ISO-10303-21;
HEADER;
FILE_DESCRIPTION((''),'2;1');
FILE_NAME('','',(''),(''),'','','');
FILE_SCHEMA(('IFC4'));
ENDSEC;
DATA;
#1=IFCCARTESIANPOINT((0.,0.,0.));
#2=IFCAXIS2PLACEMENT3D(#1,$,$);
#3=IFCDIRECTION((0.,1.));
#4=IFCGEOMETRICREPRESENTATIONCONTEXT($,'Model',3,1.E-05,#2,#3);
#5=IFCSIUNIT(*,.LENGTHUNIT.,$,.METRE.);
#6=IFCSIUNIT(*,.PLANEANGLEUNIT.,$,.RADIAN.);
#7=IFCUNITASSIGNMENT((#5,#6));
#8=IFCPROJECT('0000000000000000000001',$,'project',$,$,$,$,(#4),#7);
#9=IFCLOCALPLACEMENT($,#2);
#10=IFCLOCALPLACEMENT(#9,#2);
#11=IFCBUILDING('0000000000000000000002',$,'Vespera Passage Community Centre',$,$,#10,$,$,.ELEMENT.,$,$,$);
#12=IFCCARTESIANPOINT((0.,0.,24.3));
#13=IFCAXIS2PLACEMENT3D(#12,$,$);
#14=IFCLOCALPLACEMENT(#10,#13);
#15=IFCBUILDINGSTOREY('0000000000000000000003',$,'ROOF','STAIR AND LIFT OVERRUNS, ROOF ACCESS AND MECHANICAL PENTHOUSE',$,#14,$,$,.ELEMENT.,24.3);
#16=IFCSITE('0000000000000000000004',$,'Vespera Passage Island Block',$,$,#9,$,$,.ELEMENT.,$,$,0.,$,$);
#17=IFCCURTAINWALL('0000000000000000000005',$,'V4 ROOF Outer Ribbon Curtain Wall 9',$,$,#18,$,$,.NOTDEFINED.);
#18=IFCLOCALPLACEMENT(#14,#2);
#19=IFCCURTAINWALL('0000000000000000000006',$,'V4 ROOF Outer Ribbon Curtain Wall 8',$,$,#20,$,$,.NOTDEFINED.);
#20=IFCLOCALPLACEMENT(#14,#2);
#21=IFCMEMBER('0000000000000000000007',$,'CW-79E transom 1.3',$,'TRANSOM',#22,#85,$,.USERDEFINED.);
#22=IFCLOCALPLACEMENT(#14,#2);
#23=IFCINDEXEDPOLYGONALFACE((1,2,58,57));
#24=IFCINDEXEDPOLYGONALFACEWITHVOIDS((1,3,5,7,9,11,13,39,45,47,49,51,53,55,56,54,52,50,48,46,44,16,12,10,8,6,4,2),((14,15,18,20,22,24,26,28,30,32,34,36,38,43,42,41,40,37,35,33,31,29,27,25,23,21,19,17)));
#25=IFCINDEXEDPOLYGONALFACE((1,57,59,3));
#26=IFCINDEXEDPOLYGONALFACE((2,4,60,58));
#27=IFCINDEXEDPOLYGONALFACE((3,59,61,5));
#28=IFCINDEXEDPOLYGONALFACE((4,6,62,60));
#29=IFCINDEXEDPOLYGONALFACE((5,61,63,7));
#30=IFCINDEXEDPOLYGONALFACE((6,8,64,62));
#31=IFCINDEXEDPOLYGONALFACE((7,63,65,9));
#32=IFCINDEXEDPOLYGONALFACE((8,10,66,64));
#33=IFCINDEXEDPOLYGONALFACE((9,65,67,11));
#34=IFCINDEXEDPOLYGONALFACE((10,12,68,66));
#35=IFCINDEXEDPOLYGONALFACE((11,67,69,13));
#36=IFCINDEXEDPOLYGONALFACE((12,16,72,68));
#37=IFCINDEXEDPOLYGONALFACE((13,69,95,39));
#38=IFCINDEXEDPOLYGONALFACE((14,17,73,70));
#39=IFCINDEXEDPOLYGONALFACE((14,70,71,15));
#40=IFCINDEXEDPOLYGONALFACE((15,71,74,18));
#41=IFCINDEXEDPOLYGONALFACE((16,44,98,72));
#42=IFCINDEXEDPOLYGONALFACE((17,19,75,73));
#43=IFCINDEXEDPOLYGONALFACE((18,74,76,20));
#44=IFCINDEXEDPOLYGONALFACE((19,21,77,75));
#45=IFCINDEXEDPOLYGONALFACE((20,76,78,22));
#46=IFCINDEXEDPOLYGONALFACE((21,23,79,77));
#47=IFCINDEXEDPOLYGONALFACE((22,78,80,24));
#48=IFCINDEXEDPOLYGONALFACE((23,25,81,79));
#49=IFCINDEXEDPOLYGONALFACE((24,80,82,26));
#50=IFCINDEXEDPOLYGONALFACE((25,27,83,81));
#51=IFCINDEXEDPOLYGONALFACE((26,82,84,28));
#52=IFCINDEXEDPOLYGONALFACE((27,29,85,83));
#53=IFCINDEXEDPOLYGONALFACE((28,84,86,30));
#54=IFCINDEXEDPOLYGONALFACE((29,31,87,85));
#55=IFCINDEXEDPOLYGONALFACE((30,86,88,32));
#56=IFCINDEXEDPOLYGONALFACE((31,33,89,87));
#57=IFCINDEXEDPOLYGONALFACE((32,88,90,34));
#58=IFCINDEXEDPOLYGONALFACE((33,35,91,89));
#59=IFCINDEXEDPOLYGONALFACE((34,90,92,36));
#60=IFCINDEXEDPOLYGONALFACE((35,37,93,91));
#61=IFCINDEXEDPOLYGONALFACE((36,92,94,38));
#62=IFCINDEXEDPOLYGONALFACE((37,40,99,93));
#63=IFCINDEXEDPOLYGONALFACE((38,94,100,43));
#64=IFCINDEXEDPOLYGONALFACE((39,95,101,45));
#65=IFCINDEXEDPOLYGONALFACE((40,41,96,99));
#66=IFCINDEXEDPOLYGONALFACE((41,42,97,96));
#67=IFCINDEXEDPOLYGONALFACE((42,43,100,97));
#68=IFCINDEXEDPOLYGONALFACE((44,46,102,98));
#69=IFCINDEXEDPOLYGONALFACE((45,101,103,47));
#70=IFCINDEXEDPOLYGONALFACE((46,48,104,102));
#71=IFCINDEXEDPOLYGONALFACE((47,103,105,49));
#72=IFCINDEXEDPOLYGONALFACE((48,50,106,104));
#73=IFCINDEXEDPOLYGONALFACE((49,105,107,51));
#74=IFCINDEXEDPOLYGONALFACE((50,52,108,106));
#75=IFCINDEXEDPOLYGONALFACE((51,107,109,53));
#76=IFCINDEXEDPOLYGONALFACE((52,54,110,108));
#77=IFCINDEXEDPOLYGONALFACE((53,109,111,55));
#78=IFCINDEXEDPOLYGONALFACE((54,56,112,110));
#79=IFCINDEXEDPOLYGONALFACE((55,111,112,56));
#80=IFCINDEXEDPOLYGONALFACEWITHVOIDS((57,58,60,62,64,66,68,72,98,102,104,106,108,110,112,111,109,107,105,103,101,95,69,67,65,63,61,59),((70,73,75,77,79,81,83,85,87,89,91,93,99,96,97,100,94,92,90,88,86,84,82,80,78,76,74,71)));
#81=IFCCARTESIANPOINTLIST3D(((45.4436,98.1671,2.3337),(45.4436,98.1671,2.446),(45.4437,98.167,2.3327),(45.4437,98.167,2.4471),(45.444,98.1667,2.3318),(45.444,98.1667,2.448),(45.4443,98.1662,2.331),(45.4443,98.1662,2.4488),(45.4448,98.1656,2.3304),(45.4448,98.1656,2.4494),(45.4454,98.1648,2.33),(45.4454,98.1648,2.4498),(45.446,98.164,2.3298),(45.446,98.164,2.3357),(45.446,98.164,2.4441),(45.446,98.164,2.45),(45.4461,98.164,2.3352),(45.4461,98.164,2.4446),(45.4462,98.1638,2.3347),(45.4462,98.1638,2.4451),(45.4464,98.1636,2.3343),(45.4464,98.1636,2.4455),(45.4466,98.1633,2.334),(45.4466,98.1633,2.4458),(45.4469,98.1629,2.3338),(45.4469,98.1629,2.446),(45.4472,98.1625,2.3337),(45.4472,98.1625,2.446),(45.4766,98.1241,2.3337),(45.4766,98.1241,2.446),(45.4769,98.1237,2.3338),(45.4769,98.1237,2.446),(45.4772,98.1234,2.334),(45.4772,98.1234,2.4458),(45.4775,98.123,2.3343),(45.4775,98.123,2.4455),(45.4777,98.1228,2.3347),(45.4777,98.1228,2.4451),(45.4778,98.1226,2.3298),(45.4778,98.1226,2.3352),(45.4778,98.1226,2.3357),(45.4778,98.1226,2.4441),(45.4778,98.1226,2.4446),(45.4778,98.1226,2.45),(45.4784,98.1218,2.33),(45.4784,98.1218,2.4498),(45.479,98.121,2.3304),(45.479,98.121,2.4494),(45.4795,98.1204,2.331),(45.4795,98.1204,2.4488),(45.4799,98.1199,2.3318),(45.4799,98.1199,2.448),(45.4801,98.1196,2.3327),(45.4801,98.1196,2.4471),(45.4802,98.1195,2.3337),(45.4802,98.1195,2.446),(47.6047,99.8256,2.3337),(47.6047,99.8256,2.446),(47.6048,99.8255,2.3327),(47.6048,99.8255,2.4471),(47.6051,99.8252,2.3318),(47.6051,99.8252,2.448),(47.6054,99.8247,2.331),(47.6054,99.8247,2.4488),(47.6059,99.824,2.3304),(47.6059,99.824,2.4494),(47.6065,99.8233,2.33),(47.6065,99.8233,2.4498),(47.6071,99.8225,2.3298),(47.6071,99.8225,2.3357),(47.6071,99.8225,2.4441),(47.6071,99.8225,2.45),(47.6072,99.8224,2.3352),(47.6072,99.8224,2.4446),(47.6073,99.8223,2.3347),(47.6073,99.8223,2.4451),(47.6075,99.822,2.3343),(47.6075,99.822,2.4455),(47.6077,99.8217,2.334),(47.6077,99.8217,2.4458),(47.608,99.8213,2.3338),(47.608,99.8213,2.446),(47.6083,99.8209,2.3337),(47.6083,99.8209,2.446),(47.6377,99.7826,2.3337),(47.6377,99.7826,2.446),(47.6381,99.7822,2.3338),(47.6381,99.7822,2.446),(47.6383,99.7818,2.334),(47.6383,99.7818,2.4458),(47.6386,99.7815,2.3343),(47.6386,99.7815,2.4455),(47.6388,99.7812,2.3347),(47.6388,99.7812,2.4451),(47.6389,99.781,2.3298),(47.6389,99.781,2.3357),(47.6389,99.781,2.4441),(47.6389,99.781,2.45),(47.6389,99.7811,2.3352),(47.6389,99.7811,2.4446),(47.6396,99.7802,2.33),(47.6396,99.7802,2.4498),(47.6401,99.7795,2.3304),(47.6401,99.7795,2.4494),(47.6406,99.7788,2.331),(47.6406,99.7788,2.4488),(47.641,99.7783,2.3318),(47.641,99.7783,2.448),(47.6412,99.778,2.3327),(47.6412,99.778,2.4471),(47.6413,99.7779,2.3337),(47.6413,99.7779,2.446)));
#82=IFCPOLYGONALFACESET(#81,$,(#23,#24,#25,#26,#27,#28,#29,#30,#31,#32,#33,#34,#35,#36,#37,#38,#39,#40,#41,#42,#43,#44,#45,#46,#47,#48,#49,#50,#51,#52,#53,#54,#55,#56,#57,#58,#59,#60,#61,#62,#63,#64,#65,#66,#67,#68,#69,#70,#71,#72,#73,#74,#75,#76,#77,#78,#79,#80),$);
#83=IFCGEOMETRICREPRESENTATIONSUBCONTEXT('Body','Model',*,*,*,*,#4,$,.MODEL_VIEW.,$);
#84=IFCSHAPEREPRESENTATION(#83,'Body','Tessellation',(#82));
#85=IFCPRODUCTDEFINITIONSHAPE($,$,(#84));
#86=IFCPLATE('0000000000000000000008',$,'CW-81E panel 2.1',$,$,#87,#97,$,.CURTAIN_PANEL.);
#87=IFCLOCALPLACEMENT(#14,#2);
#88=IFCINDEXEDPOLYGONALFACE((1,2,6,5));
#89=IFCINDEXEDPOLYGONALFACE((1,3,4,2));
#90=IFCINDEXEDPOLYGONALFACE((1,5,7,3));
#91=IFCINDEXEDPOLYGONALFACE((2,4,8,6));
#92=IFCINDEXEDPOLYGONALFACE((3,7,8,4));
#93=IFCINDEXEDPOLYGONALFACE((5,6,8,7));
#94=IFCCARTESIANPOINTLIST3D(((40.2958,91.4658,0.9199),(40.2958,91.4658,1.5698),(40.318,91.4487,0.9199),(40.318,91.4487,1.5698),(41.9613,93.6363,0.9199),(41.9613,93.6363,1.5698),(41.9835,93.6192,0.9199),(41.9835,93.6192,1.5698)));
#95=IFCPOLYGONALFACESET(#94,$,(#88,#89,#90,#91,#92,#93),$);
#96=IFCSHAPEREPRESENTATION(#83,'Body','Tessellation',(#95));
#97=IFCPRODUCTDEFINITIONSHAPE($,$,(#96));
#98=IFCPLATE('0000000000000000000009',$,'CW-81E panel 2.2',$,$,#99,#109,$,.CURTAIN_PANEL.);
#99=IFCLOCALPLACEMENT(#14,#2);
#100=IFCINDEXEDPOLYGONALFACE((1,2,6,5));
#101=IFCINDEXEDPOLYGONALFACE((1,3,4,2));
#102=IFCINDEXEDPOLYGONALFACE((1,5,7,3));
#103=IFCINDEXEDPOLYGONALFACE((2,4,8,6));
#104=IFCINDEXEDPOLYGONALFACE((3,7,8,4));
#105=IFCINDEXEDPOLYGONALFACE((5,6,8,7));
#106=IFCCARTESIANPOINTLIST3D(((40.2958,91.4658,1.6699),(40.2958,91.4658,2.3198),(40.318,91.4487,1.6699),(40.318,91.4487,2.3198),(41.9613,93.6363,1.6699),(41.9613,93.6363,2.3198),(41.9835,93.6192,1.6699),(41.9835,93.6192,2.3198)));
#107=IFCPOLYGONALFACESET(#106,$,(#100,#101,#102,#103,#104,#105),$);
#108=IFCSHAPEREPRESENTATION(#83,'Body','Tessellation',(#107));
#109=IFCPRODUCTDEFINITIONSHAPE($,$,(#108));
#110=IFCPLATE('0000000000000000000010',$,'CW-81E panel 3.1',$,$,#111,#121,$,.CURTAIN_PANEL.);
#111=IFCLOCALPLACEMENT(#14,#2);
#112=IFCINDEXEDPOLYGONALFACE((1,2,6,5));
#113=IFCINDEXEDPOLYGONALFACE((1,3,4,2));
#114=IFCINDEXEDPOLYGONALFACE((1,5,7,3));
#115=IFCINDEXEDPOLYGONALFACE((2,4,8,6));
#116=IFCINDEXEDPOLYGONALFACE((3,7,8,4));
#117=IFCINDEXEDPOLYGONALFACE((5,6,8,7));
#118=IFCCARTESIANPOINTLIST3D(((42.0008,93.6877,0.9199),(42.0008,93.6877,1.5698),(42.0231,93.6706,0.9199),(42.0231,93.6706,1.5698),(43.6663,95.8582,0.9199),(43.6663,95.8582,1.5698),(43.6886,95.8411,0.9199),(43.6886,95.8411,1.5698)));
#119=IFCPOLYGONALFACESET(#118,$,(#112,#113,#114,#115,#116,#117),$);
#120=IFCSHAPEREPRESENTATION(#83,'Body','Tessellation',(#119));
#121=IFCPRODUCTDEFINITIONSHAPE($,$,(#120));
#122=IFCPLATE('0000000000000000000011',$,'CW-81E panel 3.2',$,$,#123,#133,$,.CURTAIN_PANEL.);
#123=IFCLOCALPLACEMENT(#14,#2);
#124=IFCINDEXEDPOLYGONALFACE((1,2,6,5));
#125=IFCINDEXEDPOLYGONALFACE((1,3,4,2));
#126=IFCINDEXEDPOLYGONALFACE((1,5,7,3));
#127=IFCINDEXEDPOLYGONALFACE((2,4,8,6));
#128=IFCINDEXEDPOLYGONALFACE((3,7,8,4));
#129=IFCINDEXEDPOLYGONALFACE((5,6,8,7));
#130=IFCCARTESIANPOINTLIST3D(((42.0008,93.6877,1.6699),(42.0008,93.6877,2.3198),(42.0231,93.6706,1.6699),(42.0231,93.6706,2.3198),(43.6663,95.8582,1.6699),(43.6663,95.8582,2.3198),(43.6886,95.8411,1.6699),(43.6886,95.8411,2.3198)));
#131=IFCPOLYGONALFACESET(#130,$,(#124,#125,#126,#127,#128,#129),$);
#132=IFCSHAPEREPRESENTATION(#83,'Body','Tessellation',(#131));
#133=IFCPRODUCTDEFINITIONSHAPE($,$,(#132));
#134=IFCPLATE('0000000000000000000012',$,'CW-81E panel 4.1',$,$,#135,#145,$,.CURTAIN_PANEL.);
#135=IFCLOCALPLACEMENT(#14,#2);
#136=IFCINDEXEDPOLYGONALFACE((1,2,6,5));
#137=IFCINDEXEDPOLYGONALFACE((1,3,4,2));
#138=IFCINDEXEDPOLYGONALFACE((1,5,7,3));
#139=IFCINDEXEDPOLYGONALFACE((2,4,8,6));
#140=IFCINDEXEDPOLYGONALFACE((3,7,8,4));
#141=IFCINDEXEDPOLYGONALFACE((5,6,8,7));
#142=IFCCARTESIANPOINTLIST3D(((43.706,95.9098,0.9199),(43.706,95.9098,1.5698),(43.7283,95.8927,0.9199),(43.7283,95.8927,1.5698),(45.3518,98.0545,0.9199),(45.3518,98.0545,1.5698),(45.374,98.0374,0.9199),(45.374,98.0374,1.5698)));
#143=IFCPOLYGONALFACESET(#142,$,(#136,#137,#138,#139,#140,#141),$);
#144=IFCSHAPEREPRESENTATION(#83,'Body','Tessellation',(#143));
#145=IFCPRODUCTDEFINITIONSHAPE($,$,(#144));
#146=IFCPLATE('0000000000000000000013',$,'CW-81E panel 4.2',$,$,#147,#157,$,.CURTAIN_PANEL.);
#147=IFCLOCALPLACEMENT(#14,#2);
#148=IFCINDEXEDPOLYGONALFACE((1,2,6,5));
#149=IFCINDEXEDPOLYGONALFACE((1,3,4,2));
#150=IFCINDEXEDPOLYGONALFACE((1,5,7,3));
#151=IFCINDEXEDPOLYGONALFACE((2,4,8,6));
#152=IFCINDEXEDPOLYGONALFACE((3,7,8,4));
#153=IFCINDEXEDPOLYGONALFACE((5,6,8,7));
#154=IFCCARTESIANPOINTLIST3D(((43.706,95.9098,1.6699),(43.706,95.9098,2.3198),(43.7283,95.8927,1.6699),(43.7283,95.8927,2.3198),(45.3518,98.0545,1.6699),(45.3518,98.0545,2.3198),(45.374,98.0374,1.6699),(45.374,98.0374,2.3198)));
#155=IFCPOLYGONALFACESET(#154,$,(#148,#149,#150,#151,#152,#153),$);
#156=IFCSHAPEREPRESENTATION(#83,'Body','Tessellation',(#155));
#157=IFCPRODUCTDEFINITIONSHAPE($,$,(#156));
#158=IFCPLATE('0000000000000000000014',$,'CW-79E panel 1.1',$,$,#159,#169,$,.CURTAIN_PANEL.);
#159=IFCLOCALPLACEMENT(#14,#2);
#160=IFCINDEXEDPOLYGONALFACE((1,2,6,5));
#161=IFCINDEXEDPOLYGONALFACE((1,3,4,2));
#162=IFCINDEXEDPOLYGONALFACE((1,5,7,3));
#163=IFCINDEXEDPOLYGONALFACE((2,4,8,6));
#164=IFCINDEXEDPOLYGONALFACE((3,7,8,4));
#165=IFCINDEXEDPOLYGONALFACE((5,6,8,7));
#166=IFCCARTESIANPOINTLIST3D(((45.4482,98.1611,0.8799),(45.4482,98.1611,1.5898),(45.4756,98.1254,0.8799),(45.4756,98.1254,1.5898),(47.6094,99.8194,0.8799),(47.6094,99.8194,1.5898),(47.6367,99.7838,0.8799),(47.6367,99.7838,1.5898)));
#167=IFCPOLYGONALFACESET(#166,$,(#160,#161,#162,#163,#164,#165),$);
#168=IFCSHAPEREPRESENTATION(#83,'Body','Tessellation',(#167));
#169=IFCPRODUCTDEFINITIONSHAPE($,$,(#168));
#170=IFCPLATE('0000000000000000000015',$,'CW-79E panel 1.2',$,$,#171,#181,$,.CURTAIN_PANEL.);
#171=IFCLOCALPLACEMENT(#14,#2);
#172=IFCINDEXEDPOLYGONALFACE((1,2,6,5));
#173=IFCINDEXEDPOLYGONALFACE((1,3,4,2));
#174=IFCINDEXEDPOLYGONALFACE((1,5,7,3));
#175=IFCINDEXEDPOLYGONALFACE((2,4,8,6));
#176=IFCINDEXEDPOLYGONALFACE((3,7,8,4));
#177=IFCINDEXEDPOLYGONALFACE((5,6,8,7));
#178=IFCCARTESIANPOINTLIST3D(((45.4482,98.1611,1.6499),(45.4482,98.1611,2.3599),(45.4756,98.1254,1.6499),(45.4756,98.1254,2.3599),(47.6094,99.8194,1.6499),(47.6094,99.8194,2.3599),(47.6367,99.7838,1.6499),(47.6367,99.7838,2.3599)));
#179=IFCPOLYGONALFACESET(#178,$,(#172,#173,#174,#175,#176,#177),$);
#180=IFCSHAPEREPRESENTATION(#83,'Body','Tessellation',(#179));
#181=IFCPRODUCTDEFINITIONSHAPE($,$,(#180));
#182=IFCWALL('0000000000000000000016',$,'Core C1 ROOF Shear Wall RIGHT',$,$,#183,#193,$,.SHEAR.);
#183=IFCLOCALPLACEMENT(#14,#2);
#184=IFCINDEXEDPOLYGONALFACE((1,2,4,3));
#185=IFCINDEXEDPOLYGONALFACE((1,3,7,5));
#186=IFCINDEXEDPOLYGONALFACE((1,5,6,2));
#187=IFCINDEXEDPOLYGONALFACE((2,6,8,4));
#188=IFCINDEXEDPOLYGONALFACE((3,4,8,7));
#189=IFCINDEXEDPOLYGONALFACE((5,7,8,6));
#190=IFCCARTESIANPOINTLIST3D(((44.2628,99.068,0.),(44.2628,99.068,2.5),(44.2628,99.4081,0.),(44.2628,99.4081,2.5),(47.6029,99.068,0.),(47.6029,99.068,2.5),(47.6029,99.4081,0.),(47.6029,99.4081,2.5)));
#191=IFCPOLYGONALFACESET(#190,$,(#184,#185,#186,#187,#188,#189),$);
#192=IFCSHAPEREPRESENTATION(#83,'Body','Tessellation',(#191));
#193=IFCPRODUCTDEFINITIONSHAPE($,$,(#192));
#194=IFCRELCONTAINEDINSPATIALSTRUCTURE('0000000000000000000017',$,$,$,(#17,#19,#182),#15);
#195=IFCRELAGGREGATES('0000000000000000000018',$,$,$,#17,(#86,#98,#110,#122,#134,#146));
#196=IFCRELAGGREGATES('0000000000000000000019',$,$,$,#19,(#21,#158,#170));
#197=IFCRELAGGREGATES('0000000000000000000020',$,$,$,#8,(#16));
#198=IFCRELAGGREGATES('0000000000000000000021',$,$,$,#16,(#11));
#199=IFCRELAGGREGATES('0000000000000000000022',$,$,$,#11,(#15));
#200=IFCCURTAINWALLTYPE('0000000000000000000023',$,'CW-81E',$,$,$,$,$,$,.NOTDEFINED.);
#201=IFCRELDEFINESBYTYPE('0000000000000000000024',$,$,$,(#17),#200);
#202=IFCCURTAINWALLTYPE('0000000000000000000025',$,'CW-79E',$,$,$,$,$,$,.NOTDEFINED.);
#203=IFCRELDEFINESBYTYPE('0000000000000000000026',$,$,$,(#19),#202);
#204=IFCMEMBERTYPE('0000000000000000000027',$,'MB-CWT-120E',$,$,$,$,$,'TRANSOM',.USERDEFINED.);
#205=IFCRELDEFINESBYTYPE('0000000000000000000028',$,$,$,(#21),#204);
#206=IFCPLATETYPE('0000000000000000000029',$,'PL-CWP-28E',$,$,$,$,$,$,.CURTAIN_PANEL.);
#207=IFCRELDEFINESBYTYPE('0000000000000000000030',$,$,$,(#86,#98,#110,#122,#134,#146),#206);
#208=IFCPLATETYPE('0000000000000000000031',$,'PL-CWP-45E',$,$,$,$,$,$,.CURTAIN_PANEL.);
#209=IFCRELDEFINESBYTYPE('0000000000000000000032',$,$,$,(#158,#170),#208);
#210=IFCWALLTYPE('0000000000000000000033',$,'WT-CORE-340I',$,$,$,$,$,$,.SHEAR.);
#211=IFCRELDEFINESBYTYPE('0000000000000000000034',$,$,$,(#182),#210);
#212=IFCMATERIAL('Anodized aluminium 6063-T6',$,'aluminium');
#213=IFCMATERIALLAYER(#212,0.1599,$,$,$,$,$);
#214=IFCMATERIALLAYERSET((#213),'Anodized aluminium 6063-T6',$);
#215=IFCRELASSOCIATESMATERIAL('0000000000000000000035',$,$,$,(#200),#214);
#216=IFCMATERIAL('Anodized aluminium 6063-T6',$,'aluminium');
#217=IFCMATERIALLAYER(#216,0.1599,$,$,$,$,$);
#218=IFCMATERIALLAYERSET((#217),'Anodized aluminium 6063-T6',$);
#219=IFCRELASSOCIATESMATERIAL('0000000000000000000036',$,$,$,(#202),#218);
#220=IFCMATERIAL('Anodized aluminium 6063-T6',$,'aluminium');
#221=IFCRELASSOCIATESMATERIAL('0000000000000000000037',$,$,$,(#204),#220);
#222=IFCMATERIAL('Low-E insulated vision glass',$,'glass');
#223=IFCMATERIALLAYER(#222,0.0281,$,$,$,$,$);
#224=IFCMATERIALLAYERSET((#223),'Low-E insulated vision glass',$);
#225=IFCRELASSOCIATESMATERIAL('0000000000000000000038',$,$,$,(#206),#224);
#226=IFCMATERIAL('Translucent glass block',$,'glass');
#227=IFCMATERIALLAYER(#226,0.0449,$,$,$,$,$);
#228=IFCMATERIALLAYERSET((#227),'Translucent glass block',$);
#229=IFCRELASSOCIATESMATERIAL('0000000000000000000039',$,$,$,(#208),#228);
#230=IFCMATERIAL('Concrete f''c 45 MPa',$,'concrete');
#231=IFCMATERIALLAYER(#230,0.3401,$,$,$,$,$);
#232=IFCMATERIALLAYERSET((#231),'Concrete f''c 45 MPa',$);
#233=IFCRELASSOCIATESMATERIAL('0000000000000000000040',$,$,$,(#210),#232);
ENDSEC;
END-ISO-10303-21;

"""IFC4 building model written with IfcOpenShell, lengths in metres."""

from ifc_helpers import new_model, si_unit, direction, frame, frame_2d, origin, origin_2d, place, context, subcontext, project, spatial, rectangle, hollow_rectangle, extrude, material, layer, layer_set, material_profile, profile_set, type_object, element, aggregate, save


model = new_model("IFC4")

# Units and contexts
model_context = context("Model", 3, precision=1e-05, world=origin(), true_north=direction((0.0, 1.0)))
body_context = subcontext(model_context, "Body", "Model", "MODEL_VIEW")
ifc_project = project(units=[si_unit("LENGTHUNIT", "METRE"), si_unit("PLANEANGLEUNIT", "RADIAN")], contexts=[model_context])

# Site, building, storey
site_placement = place(None, origin())
site = spatial("IfcSite", under=ifc_project, at=site_placement, Name="Vespera Passage Island Block", CompositionType="ELEMENT", RefElevation=0.0)
building_placement = place(site_placement, origin())
building = spatial("IfcBuilding", under=site, at=building_placement, Name="Vespera Passage Community Centre", CompositionType="ELEMENT")
storey_placement = place(building_placement, frame((0.0, 0.0, 24.3)))
storey = spatial("IfcBuildingStorey", under=building, at=storey_placement, Name="ROOF", Description="STAIR AND LIFT OVERRUNS, ROOF ACCESS AND MECHANICAL PENTHOUSE", CompositionType="ELEMENT", Elevation=24.3)

# Curtain walls
ifc_material_1 = material(Name="Anodized aluminium 6063-T6", Category="aluminium")
ifc_layer_1 = layer(ifc_material_1, 0.1599)
ifc_layer_set_1 = layer_set([ifc_layer_1], Name="Anodized aluminium 6063-T6")
curtain_wall_type_1 = type_object("IfcCurtainWallType", Name="CW-81E", PredefinedType="NOTDEFINED", material=ifc_layer_set_1)
curtain_wall_1_placement = place(storey_placement, origin())
curtain_wall_1 = element("IfcCurtainWall", 1, at=curtain_wall_1_placement, inside=storey, type_object=curtain_wall_type_1, Name="V4 ROOF Outer Ribbon Curtain Wall 9", PredefinedType="NOTDEFINED")
ifc_material_2 = material(Name="Anodized aluminium 6063-T6", Category="aluminium")
ifc_layer_2 = layer(ifc_material_2, 0.1599)
ifc_layer_set_2 = layer_set([ifc_layer_2], Name="Anodized aluminium 6063-T6")
curtain_wall_type_2 = type_object("IfcCurtainWallType", Name="CW-79E", PredefinedType="NOTDEFINED", material=ifc_layer_set_2)
curtain_wall_2_placement = place(storey_placement, origin())
curtain_wall_2 = element("IfcCurtainWall", 2, at=curtain_wall_2_placement, inside=storey, type_object=curtain_wall_type_2, Name="V4 ROOF Outer Ribbon Curtain Wall 8", PredefinedType="NOTDEFINED")

# Member
ifc_material_3 = material(Name="Anodized aluminium 6063-T6", Category="aluminium")
ifc_material_profile_1 = material_profile(ifc_material_3, hollow_rectangle(XDim=0.0601, YDim=0.1201, WallThickness=0.0039, InnerFilletRadius=0.002, OuterFilletRadius=0.0039, at=origin_2d()), Name="ALU120X60X4")
ifc_profile_set_1 = profile_set([ifc_material_profile_1], Name="Anodized aluminium 6063-T6")
member_type_1 = type_object("IfcMemberType", Name="MB-CWT-120E", ElementType="TRANSOM", PredefinedType="USERDEFINED", material=ifc_profile_set_1)
member_1_placement = place(storey_placement, frame((45.4619, 98.1433, 2.3899), z_axis=(0.793326, 0.608796, 0.0), x_axis=(-0.608796, 0.793326, 0.0)))
member_1 = element("IfcMember", 3, at=member_1_placement, type_object=member_type_1, Name="CW-79E transom 1.3", ObjectType="TRANSOM", PredefinedType="USERDEFINED", context=body_context, shape_type="SweptSolid", body=[
    extrude(hollow_rectangle(XDim=0.0601, YDim=0.1201, WallThickness=0.0039, InnerFilletRadius=0.002, OuterFilletRadius=0.0039, at=origin_2d()), origin(), (0.0, 0.0, 1.0), 2.7241),
])

# Plates
ifc_material_4 = material(Name="Low-E insulated vision glass", Category="glass")
ifc_layer_3 = layer(ifc_material_4, 0.0281)
ifc_layer_set_3 = layer_set([ifc_layer_3], Name="Low-E insulated vision glass")
plate_type_1 = type_object("IfcPlateType", Name="PL-CWP-28E", PredefinedType="CURTAIN_PANEL", material=ifc_layer_set_3)
plate_1_placement = place(storey_placement, frame((41.1396, 92.5425, 0.9199), z_axis=(0.0, 0.0, 1.0), x_axis=(0.608765, 0.79335, 0.0)))
plate_1 = element("IfcPlate", 4, at=plate_1_placement, type_object=plate_type_1, Name="CW-81E panel 2.1", PredefinedType="CURTAIN_PANEL", context=body_context, shape_type="SweptSolid", body=[
    extrude(rectangle(XDim=2.7358, YDim=0.0281, at=origin_2d()), origin(), (0.0, 0.0, 1.0), 0.6499),
])
plate_2_placement = place(storey_placement, frame((41.1396, 92.5425, 1.6699), z_axis=(0.0, 0.0, 1.0), x_axis=(0.608765, 0.79335, 0.0)))
plate_2 = element("IfcPlate", 5, at=plate_2_placement, type_object=plate_type_1, Name="CW-81E panel 2.2", PredefinedType="CURTAIN_PANEL", context=body_context, shape_type="SweptSolid", body=[
    extrude(rectangle(XDim=2.7358, YDim=0.0281, at=origin_2d()), origin(), (0.0, 0.0, 1.0), 0.6499),
])
plate_3_placement = place(storey_placement, frame((42.8447, 94.7644, 0.9199), z_axis=(0.0, 0.0, 1.0), x_axis=(0.608765, 0.79335, 0.0)))
plate_3 = element("IfcPlate", 6, at=plate_3_placement, type_object=plate_type_1, Name="CW-81E panel 3.1", PredefinedType="CURTAIN_PANEL", context=body_context, shape_type="SweptSolid", body=[
    extrude(rectangle(XDim=2.7358, YDim=0.0281, at=origin_2d()), origin(), (0.0, 0.0, 1.0), 0.6499),
])
plate_4_placement = place(storey_placement, frame((42.8447, 94.7644, 1.6699), z_axis=(0.0, 0.0, 1.0), x_axis=(0.608765, 0.79335, 0.0)))
plate_4 = element("IfcPlate", 7, at=plate_4_placement, type_object=plate_type_1, Name="CW-81E panel 3.2", PredefinedType="CURTAIN_PANEL", context=body_context, shape_type="SweptSolid", body=[
    extrude(rectangle(XDim=2.7358, YDim=0.0281, at=origin_2d()), origin(), (0.0, 0.0, 1.0), 0.6499),
])
plate_5_placement = place(storey_placement, frame((44.54, 96.9736, 0.9199), z_axis=(0.0, 0.0, 1.0), x_axis=(0.608765, 0.79335, 0.0)))
plate_5 = element("IfcPlate", 8, at=plate_5_placement, type_object=plate_type_1, Name="CW-81E panel 4.1", PredefinedType="CURTAIN_PANEL", context=body_context, shape_type="SweptSolid", body=[
    extrude(rectangle(XDim=2.7034, YDim=0.0281, at=origin_2d()), origin(), (0.0, 0.0, 1.0), 0.6499),
])
plate_6_placement = place(storey_placement, frame((44.54, 96.9736, 1.6699), z_axis=(0.0, 0.0, 1.0), x_axis=(0.608765, 0.79335, 0.0)))
plate_6 = element("IfcPlate", 9, at=plate_6_placement, type_object=plate_type_1, Name="CW-81E panel 4.2", PredefinedType="CURTAIN_PANEL", context=body_context, shape_type="SweptSolid", body=[
    extrude(rectangle(XDim=2.7034, YDim=0.0281, at=origin_2d()), origin(), (0.0, 0.0, 1.0), 0.6499),
])
aggregate(curtain_wall_1, [plate_1, plate_2, plate_3, plate_4, plate_5, plate_6])
ifc_material_5 = material(Name="Translucent glass block", Category="glass")
ifc_layer_4 = layer(ifc_material_5, 0.0449)
ifc_layer_set_4 = layer_set([ifc_layer_4], Name="Translucent glass block")
plate_type_2 = type_object("IfcPlateType", Name="PL-CWP-45E", PredefinedType="CURTAIN_PANEL", material=ifc_layer_set_4)
plate_7_placement = place(storey_placement, frame((46.5425, 98.9724, 0.8799), z_axis=(0.0, 0.0, 1.0), x_axis=(0.793348, 0.608768, 0.0)))
plate_7 = element("IfcPlate", 10, at=plate_7_placement, type_object=plate_type_2, Name="CW-79E panel 1.1", PredefinedType="CURTAIN_PANEL", context=body_context, shape_type="SweptSolid", body=[
    extrude(rectangle(XDim=2.7241, YDim=0.0449, at=origin_2d()), origin(), (0.0, 0.0, 1.0), 0.71),
])
plate_8_placement = place(storey_placement, frame((46.5425, 98.9724, 1.6499), z_axis=(0.0, 0.0, 1.0), x_axis=(0.793348, 0.608768, 0.0)))
plate_8 = element("IfcPlate", 11, at=plate_8_placement, type_object=plate_type_2, Name="CW-79E panel 1.2", PredefinedType="CURTAIN_PANEL", context=body_context, shape_type="SweptSolid", body=[
    extrude(rectangle(XDim=2.7241, YDim=0.0449, at=origin_2d()), origin(), (0.0, 0.0, 1.0), 0.71),
])
aggregate(curtain_wall_2, [member_1, plate_7, plate_8])

# Shared definitions
ifc_material_6 = material(Name="Concrete f'c 45 MPa", Category="concrete")
ifc_layer_5 = layer(ifc_material_6, 0.3401)
ifc_layer_set_5 = layer_set([ifc_layer_5], Name="Concrete f'c 45 MPa")
wall_type_1 = type_object("IfcWallType", Name="WT-CORE-340I", PredefinedType="SHEAR", material=ifc_layer_set_5)

# Wall
wall_1_placement = place(storey_placement, frame((44.2629, 99.238, 0.0), z_axis=(0.0, 0.0, 1.0), x_axis=(1.0, 0.0, 0.0)))
element("IfcWall", 12, at=wall_1_placement, inside=storey, type_object=wall_type_1, Name="Core C1 ROOF Shear Wall RIGHT", PredefinedType="SHEAR", context=body_context, shape_type="SweptSolid", body=[
    extrude(rectangle(XDim=3.3401, YDim=0.3401, at=frame_2d((1.6699, 0.0))), origin(), (0.0, 0.0, 1.0), 2.5),
])

save(model, "model.ifc")
